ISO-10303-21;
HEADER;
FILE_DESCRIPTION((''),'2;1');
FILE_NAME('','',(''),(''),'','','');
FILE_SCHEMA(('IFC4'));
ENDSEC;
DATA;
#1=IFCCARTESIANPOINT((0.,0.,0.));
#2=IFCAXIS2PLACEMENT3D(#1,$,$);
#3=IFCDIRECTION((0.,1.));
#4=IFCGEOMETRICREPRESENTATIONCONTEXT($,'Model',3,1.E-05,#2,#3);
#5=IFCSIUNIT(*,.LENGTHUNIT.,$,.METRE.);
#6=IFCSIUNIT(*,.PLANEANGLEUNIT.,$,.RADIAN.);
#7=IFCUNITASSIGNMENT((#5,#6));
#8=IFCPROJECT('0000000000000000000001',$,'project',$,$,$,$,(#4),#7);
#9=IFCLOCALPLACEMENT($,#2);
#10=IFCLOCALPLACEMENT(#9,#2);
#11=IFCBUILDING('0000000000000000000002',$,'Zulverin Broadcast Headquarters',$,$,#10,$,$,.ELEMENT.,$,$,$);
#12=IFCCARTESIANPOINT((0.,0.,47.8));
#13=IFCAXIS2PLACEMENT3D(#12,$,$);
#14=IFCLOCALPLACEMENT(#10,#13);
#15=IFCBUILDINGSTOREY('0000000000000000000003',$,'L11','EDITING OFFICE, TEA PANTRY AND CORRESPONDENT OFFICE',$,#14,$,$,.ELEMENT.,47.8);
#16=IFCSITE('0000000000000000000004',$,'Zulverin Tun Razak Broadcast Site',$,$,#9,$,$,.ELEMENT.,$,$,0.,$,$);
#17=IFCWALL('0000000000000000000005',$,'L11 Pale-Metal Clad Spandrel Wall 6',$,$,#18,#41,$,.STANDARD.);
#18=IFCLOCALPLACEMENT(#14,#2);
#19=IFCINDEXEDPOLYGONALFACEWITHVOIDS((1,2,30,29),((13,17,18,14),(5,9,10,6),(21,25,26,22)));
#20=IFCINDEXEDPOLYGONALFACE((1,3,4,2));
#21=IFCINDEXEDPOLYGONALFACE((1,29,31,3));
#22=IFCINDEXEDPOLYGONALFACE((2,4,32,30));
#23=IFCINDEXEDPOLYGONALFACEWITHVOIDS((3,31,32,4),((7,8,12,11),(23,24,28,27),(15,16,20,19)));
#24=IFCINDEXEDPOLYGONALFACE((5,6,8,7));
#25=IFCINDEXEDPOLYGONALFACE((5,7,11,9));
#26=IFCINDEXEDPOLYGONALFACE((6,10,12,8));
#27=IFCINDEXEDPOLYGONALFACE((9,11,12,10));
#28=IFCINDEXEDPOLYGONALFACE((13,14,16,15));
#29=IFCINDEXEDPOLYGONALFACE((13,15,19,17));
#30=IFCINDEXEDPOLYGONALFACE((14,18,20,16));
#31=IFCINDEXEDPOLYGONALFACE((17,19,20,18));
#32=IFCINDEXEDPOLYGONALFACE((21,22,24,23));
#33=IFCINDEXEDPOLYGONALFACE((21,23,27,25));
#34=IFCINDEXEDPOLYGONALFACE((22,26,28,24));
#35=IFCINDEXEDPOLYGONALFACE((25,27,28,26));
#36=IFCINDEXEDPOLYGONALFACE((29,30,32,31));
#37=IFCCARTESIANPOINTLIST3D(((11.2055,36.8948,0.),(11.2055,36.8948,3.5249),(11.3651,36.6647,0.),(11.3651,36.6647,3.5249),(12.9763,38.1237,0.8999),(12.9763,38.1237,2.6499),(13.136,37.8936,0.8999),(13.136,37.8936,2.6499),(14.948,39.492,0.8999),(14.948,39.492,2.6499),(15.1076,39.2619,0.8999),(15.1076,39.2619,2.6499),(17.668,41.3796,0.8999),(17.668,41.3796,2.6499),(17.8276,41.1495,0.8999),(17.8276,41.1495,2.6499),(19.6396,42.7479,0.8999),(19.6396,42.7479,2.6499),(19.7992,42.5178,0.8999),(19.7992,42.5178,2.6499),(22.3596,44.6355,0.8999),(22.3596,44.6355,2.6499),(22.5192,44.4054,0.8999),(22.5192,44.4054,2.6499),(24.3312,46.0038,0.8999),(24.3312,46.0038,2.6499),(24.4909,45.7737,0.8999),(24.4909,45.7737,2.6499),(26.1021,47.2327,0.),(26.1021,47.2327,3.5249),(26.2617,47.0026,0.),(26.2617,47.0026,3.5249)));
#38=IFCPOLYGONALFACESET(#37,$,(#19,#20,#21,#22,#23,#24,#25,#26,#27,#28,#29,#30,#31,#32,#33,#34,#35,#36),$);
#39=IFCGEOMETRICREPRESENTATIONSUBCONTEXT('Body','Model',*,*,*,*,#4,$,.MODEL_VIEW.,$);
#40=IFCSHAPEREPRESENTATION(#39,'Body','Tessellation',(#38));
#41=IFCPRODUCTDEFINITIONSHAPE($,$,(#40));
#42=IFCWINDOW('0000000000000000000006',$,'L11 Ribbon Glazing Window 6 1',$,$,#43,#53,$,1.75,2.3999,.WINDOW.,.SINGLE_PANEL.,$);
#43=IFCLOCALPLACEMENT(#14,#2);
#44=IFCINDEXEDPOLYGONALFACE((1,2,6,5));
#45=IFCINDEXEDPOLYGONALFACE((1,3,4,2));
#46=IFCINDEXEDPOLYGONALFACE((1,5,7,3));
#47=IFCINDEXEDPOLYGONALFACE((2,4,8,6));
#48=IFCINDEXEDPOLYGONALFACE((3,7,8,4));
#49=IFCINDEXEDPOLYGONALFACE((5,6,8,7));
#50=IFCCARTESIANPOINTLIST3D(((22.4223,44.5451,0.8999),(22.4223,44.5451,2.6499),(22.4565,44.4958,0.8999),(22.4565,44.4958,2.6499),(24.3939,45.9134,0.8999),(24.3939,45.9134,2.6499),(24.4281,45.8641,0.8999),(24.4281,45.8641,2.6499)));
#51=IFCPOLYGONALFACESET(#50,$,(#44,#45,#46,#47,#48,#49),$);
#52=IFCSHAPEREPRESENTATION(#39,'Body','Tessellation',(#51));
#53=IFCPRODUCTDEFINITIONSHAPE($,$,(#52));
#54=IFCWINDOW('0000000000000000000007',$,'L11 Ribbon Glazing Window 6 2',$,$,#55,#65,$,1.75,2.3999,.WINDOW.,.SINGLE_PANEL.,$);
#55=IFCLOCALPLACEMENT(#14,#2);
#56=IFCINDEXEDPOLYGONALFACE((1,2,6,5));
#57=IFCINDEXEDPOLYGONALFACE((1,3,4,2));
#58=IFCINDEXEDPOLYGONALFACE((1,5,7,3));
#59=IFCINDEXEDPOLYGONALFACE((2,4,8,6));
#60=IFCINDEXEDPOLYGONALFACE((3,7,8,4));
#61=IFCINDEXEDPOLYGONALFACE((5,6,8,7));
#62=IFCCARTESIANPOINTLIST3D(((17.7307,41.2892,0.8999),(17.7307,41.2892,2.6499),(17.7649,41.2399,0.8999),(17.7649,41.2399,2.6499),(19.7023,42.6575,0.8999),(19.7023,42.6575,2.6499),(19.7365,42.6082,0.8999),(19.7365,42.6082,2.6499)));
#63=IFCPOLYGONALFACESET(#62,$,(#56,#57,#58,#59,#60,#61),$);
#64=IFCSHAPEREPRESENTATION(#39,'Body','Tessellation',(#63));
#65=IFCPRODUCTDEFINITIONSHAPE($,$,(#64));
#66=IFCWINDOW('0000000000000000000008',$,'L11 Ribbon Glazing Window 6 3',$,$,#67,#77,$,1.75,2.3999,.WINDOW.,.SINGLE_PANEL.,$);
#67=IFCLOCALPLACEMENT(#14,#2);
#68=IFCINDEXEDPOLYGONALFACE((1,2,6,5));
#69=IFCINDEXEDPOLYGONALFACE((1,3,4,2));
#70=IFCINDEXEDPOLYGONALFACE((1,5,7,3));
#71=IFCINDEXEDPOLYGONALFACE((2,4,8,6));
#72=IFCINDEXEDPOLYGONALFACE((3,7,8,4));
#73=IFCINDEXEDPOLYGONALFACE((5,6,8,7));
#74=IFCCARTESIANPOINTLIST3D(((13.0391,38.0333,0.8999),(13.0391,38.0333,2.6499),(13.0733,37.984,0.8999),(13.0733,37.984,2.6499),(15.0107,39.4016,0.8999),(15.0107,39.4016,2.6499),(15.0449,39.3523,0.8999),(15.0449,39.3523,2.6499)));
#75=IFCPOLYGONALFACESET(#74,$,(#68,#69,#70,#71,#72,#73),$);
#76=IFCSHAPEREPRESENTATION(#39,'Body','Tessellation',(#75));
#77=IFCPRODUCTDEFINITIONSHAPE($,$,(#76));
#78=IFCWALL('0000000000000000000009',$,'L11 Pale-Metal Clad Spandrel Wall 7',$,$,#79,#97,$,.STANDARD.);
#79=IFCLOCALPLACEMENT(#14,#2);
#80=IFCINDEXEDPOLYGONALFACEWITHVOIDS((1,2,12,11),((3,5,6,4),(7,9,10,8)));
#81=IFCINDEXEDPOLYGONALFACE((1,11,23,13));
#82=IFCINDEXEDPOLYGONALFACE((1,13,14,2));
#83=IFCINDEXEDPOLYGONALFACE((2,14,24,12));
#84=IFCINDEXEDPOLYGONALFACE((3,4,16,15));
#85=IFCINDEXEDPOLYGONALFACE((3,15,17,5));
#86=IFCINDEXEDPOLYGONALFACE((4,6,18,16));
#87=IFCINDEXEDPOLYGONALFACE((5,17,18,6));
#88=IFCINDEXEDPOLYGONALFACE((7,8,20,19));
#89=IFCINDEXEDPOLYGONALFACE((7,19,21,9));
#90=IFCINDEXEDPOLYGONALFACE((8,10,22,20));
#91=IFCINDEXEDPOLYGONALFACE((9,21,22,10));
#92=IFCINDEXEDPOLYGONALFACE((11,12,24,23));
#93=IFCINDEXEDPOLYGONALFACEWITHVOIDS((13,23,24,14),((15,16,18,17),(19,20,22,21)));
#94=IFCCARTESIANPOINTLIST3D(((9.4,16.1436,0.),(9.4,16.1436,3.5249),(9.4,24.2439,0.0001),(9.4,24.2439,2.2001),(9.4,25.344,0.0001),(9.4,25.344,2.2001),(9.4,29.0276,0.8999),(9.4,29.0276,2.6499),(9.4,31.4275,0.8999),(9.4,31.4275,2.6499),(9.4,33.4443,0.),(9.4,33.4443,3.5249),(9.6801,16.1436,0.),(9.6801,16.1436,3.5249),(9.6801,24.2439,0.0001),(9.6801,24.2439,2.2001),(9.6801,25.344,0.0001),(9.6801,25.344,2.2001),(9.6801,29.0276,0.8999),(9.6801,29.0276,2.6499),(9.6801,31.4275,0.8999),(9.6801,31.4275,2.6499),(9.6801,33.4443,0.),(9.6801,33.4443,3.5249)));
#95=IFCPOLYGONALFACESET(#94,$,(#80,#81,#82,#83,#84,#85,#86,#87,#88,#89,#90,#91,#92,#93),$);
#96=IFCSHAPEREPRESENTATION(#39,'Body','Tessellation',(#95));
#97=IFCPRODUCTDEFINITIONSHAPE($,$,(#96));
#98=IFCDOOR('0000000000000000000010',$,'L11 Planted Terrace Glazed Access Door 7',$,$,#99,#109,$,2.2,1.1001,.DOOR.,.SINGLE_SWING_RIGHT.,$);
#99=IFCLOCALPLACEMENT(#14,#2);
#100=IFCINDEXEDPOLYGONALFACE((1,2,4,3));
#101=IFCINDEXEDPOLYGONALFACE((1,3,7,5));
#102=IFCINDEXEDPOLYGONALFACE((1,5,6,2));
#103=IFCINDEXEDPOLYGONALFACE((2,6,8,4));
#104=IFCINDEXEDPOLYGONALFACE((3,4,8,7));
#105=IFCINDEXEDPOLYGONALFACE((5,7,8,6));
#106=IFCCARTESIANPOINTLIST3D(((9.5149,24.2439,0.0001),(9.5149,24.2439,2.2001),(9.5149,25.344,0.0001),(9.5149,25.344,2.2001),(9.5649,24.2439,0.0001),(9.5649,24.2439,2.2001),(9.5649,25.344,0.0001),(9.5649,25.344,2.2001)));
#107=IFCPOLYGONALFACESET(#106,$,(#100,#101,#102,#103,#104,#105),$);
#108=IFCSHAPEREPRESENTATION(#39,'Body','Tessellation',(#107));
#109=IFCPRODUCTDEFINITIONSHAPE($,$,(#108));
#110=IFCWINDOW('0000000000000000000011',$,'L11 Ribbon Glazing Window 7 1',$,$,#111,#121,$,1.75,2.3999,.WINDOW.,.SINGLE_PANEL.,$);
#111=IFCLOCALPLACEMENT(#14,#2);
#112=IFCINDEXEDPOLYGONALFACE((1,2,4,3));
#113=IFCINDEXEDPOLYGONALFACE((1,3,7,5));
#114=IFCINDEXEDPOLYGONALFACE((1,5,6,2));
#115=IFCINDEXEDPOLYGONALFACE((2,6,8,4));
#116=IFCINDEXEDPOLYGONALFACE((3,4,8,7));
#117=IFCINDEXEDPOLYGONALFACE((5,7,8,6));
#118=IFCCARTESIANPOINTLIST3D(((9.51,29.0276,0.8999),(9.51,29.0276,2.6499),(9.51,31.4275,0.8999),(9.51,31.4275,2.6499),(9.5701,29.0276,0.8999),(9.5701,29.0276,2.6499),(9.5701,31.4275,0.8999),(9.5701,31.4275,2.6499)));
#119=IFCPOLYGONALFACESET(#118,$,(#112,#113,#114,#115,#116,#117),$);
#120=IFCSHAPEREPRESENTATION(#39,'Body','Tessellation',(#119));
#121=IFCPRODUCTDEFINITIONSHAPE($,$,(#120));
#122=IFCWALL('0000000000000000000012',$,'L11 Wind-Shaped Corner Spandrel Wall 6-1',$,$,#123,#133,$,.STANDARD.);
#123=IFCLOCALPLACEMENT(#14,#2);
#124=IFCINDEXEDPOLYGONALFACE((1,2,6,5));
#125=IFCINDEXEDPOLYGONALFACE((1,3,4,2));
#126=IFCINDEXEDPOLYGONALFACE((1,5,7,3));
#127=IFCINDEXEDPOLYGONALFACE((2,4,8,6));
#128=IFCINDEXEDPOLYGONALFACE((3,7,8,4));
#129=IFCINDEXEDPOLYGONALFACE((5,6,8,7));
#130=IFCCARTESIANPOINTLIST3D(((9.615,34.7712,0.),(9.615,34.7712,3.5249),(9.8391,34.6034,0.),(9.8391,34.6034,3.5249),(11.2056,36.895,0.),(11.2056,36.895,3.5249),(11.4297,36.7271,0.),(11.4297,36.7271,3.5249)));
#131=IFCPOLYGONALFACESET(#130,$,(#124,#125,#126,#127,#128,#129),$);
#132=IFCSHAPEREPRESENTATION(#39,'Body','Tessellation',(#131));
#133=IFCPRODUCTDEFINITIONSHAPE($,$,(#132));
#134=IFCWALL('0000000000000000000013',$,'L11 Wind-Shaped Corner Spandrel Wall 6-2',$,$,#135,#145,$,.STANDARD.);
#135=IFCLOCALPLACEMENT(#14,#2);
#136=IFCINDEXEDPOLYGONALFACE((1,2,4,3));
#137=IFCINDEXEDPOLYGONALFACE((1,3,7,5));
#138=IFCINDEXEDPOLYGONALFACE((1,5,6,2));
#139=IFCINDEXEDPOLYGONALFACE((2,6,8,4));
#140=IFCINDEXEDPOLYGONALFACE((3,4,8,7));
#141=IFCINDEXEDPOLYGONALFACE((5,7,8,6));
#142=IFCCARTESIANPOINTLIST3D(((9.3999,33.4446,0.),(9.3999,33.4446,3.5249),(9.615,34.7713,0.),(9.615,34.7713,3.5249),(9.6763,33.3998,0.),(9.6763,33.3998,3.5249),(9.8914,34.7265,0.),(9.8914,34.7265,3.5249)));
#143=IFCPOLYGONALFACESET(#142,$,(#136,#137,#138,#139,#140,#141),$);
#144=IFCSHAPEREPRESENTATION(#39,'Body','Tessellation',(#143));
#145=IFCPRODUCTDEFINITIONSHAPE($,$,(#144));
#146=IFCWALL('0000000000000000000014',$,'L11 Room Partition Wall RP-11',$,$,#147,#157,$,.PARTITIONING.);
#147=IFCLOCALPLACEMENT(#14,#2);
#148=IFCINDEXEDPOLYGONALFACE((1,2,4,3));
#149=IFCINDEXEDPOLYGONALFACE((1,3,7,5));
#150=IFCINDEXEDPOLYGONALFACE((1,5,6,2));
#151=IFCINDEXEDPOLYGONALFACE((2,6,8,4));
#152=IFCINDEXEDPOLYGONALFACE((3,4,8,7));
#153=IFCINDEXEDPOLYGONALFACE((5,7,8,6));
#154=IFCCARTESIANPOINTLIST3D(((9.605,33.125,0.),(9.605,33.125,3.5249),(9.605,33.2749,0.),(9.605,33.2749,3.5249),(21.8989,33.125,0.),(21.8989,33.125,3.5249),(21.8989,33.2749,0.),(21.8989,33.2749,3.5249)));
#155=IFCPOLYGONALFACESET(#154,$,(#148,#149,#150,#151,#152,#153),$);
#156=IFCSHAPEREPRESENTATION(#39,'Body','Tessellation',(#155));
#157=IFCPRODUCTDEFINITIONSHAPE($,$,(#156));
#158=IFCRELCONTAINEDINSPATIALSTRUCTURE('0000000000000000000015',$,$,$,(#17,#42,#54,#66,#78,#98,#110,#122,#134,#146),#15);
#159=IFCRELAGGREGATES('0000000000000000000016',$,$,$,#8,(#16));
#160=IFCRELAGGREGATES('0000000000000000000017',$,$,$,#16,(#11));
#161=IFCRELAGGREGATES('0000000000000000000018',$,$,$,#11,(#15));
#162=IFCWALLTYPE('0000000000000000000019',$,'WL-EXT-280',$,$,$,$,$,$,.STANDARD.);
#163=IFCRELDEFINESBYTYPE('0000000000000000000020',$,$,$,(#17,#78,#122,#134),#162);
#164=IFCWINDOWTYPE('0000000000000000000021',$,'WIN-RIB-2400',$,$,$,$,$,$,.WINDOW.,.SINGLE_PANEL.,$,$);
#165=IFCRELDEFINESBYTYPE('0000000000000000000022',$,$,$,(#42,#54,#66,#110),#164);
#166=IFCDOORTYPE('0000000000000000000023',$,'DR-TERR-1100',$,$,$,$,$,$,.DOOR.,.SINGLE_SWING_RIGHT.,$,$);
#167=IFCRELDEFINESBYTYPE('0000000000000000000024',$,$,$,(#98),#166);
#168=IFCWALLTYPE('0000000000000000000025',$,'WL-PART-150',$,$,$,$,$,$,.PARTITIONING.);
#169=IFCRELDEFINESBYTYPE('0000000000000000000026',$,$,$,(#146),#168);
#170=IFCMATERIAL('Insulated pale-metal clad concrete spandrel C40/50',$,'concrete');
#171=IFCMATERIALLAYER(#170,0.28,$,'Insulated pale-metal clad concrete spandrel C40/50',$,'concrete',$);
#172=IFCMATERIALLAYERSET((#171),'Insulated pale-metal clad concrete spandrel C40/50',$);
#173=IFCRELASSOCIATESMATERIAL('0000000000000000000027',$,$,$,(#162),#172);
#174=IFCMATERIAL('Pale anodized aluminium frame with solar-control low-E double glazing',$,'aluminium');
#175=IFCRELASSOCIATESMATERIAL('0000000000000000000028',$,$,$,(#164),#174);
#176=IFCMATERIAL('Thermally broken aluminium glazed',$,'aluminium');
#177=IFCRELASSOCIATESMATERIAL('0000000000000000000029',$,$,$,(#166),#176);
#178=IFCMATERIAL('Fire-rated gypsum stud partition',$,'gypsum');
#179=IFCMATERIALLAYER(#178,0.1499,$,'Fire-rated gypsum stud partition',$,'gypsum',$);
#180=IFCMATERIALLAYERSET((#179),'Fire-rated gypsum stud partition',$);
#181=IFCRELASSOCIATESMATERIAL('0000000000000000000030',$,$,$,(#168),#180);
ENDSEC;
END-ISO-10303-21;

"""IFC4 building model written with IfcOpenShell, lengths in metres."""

from ifc_helpers import new_model, si_unit, direction, frame, frame_2d, origin, place, context, subcontext, project, spatial, rectangle, extrude, material, layer, layer_set, type_object, element, fill, save


model = new_model("IFC4")

# Units and contexts
model_context = context("Model", 3, precision=1e-05, world=origin(), true_north=direction((0.0, 1.0)))
body_context = subcontext(model_context, "Body", "Model", "MODEL_VIEW")
ifc_project = project(units=[si_unit("LENGTHUNIT", "METRE"), si_unit("PLANEANGLEUNIT", "RADIAN")], contexts=[model_context])

# Site, building, storey
site_placement = place(None, origin())
site = spatial("IfcSite", under=ifc_project, at=site_placement, Name="Zulverin Tun Razak Broadcast Site", CompositionType="ELEMENT", RefElevation=0.0)
building_placement = place(site_placement, origin())
building = spatial("IfcBuilding", under=site, at=building_placement, Name="Zulverin Broadcast Headquarters", CompositionType="ELEMENT")
storey_placement = place(building_placement, frame((0.0, 0.0, 47.8)))
storey = spatial("IfcBuildingStorey", under=building, at=storey_placement, Name="L11", Description="EDITING OFFICE, TEA PANTRY AND CORRESPONDENT OFFICE", CompositionType="ELEMENT", Elevation=47.8)

# Wall, openings, windows
ifc_material_1 = material(Name="Insulated pale-metal clad concrete spandrel C40/50", Category="concrete")
ifc_layer_1 = layer(ifc_material_1, 0.28, Name="Insulated pale-metal clad concrete spandrel C40/50", Category="concrete")
ifc_layer_set_1 = layer_set([ifc_layer_1], Name="Insulated pale-metal clad concrete spandrel C40/50")
wall_type_1 = type_object("IfcWallType", Name="WL-EXT-280", PredefinedType="STANDARD", material=ifc_layer_set_1)
wall_1_placement = place(storey_placement, frame((26.1819, 47.1177, 0.0), z_axis=(0.0, 0.0, 1.0), x_axis=(-0.821548, -0.570139, 0.0)))
wall_1 = element("IfcWall", 1, at=wall_1_placement, inside=storey, type_object=wall_type_1, Name="L11 Pale-Metal Clad Spandrel Wall 6", PredefinedType="STANDARD", context=body_context, shape_type="SweptSolid", body=[
    extrude(rectangle(XDim=18.1323, YDim=0.28, at=frame_2d((9.0662, 0.0))), origin(), (0.0, 0.0, 1.0), 3.5249),
])
opening_1_placement = place(wall_1_placement, frame((2.1555, 0.0, 0.8999)))
opening_1 = element("IfcOpeningElement", 2, at=opening_1_placement, cuts=wall_1, PredefinedType="OPENING", context=body_context, shape_type="SweptSolid", body=[
    extrude(rectangle(XDim=2.3999, YDim=1.75, at=frame_2d((1.2, 0.875))), frame((0.0, 0.1499, 0.0), z_axis=(0.0, -1.0, 0.0), x_axis=(1.0, 0.0, 0.0)), (0.0, 0.0, 1.0), 0.3),
])
opening_2_placement = place(wall_1_placement, frame((7.8662, 0.0, 0.8999)))
opening_2 = element("IfcOpeningElement", 3, at=opening_2_placement, cuts=wall_1, PredefinedType="OPENING", context=body_context, shape_type="SweptSolid", body=[
    extrude(rectangle(XDim=2.3999, YDim=1.75, at=frame_2d((1.2, 0.875))), frame((0.0, 0.1499, 0.0), z_axis=(0.0, -1.0, 0.0), x_axis=(1.0, 0.0, 0.0)), (0.0, 0.0, 1.0), 0.3),
])
opening_3_placement = place(wall_1_placement, frame((13.5769, 0.0, 0.8999)))
opening_3 = element("IfcOpeningElement", 4, at=opening_3_placement, cuts=wall_1, PredefinedType="OPENING", context=body_context, shape_type="SweptSolid", body=[
    extrude(rectangle(XDim=2.3999, YDim=1.75, at=frame_2d((1.2, 0.875))), frame((0.0, 0.1499, 0.0), z_axis=(0.0, -1.0, 0.0), x_axis=(1.0, 0.0, 0.0)), (0.0, 0.0, 1.0), 0.3),
])
ifc_material_2 = material(Name="Pale anodized aluminium frame with solar-control low-E double glazing", Category="aluminium")
window_type = type_object("IfcWindowType", Name="WIN-RIB-2400", PartitioningType="SINGLE_PANEL", PredefinedType="WINDOW", material=ifc_material_2)
window_1_placement = place(opening_1_placement, origin())
window_1 = element("IfcWindow", 5, at=window_1_placement, inside=storey, type_object=window_type, Name="L11 Ribbon Glazing Window 6 1", OverallHeight=1.75, OverallWidth=2.3999, PartitioningType="SINGLE_PANEL", PredefinedType="WINDOW", context=body_context, shape_type="SweptSolid", body=[
    extrude(rectangle(XDim=2.3999, YDim=1.75, at=frame_2d((1.2, 0.875))), frame((0.0, 0.03, 0.0), z_axis=(0.0, -1.0, 0.0), x_axis=(1.0, 0.0, 0.0)), (0.0, 0.0, 1.0), 0.0601),
])
fill(opening_1, window_1)
window_2_placement = place(opening_2_placement, origin())
window_2 = element("IfcWindow", 6, at=window_2_placement, inside=storey, type_object=window_type, Name="L11 Ribbon Glazing Window 6 2", OverallHeight=1.75, OverallWidth=2.3999, PartitioningType="SINGLE_PANEL", PredefinedType="WINDOW", context=body_context, shape_type="SweptSolid", body=[
    extrude(rectangle(XDim=2.3999, YDim=1.75, at=frame_2d((1.2, 0.875))), frame((0.0, 0.03, 0.0), z_axis=(0.0, -1.0, 0.0), x_axis=(1.0, 0.0, 0.0)), (0.0, 0.0, 1.0), 0.0601),
])
fill(opening_2, window_2)
window_3_placement = place(opening_3_placement, origin())
window_3 = element("IfcWindow", 7, at=window_3_placement, inside=storey, type_object=window_type, Name="L11 Ribbon Glazing Window 6 3", OverallHeight=1.75, OverallWidth=2.3999, PartitioningType="SINGLE_PANEL", PredefinedType="WINDOW", context=body_context, shape_type="SweptSolid", body=[
    extrude(rectangle(XDim=2.3999, YDim=1.75, at=frame_2d((1.2, 0.875))), frame((0.0, 0.03, 0.0), z_axis=(0.0, -1.0, 0.0), x_axis=(1.0, 0.0, 0.0)), (0.0, 0.0, 1.0), 0.0601),
])
fill(opening_3, window_3)

# Wall, openings, door, window
wall_2_placement = place(storey_placement, frame((9.54, 33.4443, 0.0), z_axis=(0.0, 0.0, 1.0), x_axis=(0.0, -1.0, 0.0)))
wall_2 = element("IfcWall", 8, at=wall_2_placement, inside=storey, type_object=wall_type_1, Name="L11 Pale-Metal Clad Spandrel Wall 7", PredefinedType="STANDARD", context=body_context, shape_type="SweptSolid", body=[
    extrude(rectangle(XDim=17.3008, YDim=0.28, at=frame_2d((8.6504, 0.0))), origin(), (0.0, 0.0, 1.0), 3.5249),
])
opening_4_placement = place(wall_2_placement, frame((8.1003, 0.0, 0.0)))
opening_4 = element("IfcOpeningElement", 9, at=opening_4_placement, cuts=wall_2, PredefinedType="OPENING", context=body_context, shape_type="SweptSolid", body=[
    extrude(rectangle(XDim=1.1001, YDim=2.2, at=frame_2d((0.55, 1.1001))), frame((0.0, 0.1499, 0.0), z_axis=(0.0, -1.0, 0.0), x_axis=(1.0, 0.0, 0.0)), (0.0, 0.0, 1.0), 0.3),
])
opening_5_placement = place(wall_2_placement, frame((2.0168, 0.0, 0.8999)))
opening_5 = element("IfcOpeningElement", 10, at=opening_5_placement, cuts=wall_2, PredefinedType="OPENING", context=body_context, shape_type="SweptSolid", body=[
    extrude(rectangle(XDim=2.3999, YDim=1.75, at=frame_2d((1.2, 0.875))), frame((0.0, 0.1499, 0.0), z_axis=(0.0, -1.0, 0.0), x_axis=(1.0, 0.0, 0.0)), (0.0, 0.0, 1.0), 0.3),
])
ifc_material_3 = material(Name="Thermally broken aluminium glazed", Category="aluminium")
door_type_1 = type_object("IfcDoorType", Name="DR-TERR-1100", OperationType="SINGLE_SWING_RIGHT", PredefinedType="DOOR", material=ifc_material_3)
door_1_placement = place(opening_4_placement, origin())
door_1 = element("IfcDoor", 11, at=door_1_placement, inside=storey, type_object=door_type_1, Name="L11 Planted Terrace Glazed Access Door 7", OperationType="SINGLE_SWING_RIGHT", OverallHeight=2.2, OverallWidth=1.1001, PredefinedType="DOOR", context=body_context, shape_type="SweptSolid", body=[
    extrude(rectangle(XDim=1.1001, YDim=2.2, at=frame_2d((0.55, 1.1001))), frame((0.0, 0.0249, 0.0), z_axis=(0.0, -1.0, 0.0), x_axis=(1.0, 0.0, 0.0)), (0.0, 0.0, 1.0), 0.05),
])
fill(opening_4, door_1)
window_4_placement = place(opening_5_placement, origin())
window_4 = element("IfcWindow", 12, at=window_4_placement, inside=storey, type_object=window_type, Name="L11 Ribbon Glazing Window 7 1", OverallHeight=1.75, OverallWidth=2.3999, PartitioningType="SINGLE_PANEL", PredefinedType="WINDOW", context=body_context, shape_type="SweptSolid", body=[
    extrude(rectangle(XDim=2.3999, YDim=1.75, at=frame_2d((1.2, 0.875))), frame((0.0, 0.03, 0.0), z_axis=(0.0, -1.0, 0.0), x_axis=(1.0, 0.0, 0.0)), (0.0, 0.0, 1.0), 0.0601),
])
fill(opening_5, window_4)

# Walls
wall_3_placement = place(storey_placement, frame((11.3176, 36.811, 0.0), z_axis=(0.0, 0.0, 1.0), x_axis=(-0.599455, -0.800408, 0.0)))
element("IfcWall", 13, at=wall_3_placement, inside=storey, type_object=wall_type_1, Name="L11 Wind-Shaped Corner Spandrel Wall 6-1", PredefinedType="STANDARD", context=body_context, shape_type="SweptSolid", body=[
    extrude(rectangle(XDim=2.6533, YDim=0.28, at=frame_2d((1.3267, 0.0))), origin(), (0.0, 0.0, 1.0), 3.5249),
])
wall_4_placement = place(storey_placement, frame((9.7532, 34.7488, 0.0), z_axis=(0.0, 0.0, 1.0), x_axis=(-0.160038, -0.987111, 0.0)))
element("IfcWall", 14, at=wall_4_placement, inside=storey, type_object=wall_type_1, Name="L11 Wind-Shaped Corner Spandrel Wall 6-2", PredefinedType="STANDARD", context=body_context, shape_type="SweptSolid", body=[
    extrude(rectangle(XDim=1.344, YDim=0.28, at=frame_2d((0.6719, 0.0))), origin(), (0.0, 0.0, 1.0), 3.5249),
])
ifc_material_4 = material(Name="Fire-rated gypsum stud partition", Category="gypsum")
ifc_layer_2 = layer(ifc_material_4, 0.1499, Name="Fire-rated gypsum stud partition", Category="gypsum")
ifc_layer_set_2 = layer_set([ifc_layer_2], Name="Fire-rated gypsum stud partition")
wall_type_2 = type_object("IfcWallType", Name="WL-PART-150", PredefinedType="PARTITIONING", material=ifc_layer_set_2)
wall_5_placement = place(storey_placement, frame((9.605, 33.2, 0.0), z_axis=(0.0, 0.0, 1.0), x_axis=(1.0, 0.0, 0.0)))
element("IfcWall", 15, at=wall_5_placement, inside=storey, type_object=wall_type_2, Name="L11 Room Partition Wall RP-11", PredefinedType="PARTITIONING", context=body_context, shape_type="SweptSolid", body=[
    extrude(rectangle(XDim=12.2939, YDim=0.1499, at=frame_2d((6.147, 0.0))), origin(), (0.0, 0.0, 1.0), 3.5249),
])

save(model, "model.ifc")
